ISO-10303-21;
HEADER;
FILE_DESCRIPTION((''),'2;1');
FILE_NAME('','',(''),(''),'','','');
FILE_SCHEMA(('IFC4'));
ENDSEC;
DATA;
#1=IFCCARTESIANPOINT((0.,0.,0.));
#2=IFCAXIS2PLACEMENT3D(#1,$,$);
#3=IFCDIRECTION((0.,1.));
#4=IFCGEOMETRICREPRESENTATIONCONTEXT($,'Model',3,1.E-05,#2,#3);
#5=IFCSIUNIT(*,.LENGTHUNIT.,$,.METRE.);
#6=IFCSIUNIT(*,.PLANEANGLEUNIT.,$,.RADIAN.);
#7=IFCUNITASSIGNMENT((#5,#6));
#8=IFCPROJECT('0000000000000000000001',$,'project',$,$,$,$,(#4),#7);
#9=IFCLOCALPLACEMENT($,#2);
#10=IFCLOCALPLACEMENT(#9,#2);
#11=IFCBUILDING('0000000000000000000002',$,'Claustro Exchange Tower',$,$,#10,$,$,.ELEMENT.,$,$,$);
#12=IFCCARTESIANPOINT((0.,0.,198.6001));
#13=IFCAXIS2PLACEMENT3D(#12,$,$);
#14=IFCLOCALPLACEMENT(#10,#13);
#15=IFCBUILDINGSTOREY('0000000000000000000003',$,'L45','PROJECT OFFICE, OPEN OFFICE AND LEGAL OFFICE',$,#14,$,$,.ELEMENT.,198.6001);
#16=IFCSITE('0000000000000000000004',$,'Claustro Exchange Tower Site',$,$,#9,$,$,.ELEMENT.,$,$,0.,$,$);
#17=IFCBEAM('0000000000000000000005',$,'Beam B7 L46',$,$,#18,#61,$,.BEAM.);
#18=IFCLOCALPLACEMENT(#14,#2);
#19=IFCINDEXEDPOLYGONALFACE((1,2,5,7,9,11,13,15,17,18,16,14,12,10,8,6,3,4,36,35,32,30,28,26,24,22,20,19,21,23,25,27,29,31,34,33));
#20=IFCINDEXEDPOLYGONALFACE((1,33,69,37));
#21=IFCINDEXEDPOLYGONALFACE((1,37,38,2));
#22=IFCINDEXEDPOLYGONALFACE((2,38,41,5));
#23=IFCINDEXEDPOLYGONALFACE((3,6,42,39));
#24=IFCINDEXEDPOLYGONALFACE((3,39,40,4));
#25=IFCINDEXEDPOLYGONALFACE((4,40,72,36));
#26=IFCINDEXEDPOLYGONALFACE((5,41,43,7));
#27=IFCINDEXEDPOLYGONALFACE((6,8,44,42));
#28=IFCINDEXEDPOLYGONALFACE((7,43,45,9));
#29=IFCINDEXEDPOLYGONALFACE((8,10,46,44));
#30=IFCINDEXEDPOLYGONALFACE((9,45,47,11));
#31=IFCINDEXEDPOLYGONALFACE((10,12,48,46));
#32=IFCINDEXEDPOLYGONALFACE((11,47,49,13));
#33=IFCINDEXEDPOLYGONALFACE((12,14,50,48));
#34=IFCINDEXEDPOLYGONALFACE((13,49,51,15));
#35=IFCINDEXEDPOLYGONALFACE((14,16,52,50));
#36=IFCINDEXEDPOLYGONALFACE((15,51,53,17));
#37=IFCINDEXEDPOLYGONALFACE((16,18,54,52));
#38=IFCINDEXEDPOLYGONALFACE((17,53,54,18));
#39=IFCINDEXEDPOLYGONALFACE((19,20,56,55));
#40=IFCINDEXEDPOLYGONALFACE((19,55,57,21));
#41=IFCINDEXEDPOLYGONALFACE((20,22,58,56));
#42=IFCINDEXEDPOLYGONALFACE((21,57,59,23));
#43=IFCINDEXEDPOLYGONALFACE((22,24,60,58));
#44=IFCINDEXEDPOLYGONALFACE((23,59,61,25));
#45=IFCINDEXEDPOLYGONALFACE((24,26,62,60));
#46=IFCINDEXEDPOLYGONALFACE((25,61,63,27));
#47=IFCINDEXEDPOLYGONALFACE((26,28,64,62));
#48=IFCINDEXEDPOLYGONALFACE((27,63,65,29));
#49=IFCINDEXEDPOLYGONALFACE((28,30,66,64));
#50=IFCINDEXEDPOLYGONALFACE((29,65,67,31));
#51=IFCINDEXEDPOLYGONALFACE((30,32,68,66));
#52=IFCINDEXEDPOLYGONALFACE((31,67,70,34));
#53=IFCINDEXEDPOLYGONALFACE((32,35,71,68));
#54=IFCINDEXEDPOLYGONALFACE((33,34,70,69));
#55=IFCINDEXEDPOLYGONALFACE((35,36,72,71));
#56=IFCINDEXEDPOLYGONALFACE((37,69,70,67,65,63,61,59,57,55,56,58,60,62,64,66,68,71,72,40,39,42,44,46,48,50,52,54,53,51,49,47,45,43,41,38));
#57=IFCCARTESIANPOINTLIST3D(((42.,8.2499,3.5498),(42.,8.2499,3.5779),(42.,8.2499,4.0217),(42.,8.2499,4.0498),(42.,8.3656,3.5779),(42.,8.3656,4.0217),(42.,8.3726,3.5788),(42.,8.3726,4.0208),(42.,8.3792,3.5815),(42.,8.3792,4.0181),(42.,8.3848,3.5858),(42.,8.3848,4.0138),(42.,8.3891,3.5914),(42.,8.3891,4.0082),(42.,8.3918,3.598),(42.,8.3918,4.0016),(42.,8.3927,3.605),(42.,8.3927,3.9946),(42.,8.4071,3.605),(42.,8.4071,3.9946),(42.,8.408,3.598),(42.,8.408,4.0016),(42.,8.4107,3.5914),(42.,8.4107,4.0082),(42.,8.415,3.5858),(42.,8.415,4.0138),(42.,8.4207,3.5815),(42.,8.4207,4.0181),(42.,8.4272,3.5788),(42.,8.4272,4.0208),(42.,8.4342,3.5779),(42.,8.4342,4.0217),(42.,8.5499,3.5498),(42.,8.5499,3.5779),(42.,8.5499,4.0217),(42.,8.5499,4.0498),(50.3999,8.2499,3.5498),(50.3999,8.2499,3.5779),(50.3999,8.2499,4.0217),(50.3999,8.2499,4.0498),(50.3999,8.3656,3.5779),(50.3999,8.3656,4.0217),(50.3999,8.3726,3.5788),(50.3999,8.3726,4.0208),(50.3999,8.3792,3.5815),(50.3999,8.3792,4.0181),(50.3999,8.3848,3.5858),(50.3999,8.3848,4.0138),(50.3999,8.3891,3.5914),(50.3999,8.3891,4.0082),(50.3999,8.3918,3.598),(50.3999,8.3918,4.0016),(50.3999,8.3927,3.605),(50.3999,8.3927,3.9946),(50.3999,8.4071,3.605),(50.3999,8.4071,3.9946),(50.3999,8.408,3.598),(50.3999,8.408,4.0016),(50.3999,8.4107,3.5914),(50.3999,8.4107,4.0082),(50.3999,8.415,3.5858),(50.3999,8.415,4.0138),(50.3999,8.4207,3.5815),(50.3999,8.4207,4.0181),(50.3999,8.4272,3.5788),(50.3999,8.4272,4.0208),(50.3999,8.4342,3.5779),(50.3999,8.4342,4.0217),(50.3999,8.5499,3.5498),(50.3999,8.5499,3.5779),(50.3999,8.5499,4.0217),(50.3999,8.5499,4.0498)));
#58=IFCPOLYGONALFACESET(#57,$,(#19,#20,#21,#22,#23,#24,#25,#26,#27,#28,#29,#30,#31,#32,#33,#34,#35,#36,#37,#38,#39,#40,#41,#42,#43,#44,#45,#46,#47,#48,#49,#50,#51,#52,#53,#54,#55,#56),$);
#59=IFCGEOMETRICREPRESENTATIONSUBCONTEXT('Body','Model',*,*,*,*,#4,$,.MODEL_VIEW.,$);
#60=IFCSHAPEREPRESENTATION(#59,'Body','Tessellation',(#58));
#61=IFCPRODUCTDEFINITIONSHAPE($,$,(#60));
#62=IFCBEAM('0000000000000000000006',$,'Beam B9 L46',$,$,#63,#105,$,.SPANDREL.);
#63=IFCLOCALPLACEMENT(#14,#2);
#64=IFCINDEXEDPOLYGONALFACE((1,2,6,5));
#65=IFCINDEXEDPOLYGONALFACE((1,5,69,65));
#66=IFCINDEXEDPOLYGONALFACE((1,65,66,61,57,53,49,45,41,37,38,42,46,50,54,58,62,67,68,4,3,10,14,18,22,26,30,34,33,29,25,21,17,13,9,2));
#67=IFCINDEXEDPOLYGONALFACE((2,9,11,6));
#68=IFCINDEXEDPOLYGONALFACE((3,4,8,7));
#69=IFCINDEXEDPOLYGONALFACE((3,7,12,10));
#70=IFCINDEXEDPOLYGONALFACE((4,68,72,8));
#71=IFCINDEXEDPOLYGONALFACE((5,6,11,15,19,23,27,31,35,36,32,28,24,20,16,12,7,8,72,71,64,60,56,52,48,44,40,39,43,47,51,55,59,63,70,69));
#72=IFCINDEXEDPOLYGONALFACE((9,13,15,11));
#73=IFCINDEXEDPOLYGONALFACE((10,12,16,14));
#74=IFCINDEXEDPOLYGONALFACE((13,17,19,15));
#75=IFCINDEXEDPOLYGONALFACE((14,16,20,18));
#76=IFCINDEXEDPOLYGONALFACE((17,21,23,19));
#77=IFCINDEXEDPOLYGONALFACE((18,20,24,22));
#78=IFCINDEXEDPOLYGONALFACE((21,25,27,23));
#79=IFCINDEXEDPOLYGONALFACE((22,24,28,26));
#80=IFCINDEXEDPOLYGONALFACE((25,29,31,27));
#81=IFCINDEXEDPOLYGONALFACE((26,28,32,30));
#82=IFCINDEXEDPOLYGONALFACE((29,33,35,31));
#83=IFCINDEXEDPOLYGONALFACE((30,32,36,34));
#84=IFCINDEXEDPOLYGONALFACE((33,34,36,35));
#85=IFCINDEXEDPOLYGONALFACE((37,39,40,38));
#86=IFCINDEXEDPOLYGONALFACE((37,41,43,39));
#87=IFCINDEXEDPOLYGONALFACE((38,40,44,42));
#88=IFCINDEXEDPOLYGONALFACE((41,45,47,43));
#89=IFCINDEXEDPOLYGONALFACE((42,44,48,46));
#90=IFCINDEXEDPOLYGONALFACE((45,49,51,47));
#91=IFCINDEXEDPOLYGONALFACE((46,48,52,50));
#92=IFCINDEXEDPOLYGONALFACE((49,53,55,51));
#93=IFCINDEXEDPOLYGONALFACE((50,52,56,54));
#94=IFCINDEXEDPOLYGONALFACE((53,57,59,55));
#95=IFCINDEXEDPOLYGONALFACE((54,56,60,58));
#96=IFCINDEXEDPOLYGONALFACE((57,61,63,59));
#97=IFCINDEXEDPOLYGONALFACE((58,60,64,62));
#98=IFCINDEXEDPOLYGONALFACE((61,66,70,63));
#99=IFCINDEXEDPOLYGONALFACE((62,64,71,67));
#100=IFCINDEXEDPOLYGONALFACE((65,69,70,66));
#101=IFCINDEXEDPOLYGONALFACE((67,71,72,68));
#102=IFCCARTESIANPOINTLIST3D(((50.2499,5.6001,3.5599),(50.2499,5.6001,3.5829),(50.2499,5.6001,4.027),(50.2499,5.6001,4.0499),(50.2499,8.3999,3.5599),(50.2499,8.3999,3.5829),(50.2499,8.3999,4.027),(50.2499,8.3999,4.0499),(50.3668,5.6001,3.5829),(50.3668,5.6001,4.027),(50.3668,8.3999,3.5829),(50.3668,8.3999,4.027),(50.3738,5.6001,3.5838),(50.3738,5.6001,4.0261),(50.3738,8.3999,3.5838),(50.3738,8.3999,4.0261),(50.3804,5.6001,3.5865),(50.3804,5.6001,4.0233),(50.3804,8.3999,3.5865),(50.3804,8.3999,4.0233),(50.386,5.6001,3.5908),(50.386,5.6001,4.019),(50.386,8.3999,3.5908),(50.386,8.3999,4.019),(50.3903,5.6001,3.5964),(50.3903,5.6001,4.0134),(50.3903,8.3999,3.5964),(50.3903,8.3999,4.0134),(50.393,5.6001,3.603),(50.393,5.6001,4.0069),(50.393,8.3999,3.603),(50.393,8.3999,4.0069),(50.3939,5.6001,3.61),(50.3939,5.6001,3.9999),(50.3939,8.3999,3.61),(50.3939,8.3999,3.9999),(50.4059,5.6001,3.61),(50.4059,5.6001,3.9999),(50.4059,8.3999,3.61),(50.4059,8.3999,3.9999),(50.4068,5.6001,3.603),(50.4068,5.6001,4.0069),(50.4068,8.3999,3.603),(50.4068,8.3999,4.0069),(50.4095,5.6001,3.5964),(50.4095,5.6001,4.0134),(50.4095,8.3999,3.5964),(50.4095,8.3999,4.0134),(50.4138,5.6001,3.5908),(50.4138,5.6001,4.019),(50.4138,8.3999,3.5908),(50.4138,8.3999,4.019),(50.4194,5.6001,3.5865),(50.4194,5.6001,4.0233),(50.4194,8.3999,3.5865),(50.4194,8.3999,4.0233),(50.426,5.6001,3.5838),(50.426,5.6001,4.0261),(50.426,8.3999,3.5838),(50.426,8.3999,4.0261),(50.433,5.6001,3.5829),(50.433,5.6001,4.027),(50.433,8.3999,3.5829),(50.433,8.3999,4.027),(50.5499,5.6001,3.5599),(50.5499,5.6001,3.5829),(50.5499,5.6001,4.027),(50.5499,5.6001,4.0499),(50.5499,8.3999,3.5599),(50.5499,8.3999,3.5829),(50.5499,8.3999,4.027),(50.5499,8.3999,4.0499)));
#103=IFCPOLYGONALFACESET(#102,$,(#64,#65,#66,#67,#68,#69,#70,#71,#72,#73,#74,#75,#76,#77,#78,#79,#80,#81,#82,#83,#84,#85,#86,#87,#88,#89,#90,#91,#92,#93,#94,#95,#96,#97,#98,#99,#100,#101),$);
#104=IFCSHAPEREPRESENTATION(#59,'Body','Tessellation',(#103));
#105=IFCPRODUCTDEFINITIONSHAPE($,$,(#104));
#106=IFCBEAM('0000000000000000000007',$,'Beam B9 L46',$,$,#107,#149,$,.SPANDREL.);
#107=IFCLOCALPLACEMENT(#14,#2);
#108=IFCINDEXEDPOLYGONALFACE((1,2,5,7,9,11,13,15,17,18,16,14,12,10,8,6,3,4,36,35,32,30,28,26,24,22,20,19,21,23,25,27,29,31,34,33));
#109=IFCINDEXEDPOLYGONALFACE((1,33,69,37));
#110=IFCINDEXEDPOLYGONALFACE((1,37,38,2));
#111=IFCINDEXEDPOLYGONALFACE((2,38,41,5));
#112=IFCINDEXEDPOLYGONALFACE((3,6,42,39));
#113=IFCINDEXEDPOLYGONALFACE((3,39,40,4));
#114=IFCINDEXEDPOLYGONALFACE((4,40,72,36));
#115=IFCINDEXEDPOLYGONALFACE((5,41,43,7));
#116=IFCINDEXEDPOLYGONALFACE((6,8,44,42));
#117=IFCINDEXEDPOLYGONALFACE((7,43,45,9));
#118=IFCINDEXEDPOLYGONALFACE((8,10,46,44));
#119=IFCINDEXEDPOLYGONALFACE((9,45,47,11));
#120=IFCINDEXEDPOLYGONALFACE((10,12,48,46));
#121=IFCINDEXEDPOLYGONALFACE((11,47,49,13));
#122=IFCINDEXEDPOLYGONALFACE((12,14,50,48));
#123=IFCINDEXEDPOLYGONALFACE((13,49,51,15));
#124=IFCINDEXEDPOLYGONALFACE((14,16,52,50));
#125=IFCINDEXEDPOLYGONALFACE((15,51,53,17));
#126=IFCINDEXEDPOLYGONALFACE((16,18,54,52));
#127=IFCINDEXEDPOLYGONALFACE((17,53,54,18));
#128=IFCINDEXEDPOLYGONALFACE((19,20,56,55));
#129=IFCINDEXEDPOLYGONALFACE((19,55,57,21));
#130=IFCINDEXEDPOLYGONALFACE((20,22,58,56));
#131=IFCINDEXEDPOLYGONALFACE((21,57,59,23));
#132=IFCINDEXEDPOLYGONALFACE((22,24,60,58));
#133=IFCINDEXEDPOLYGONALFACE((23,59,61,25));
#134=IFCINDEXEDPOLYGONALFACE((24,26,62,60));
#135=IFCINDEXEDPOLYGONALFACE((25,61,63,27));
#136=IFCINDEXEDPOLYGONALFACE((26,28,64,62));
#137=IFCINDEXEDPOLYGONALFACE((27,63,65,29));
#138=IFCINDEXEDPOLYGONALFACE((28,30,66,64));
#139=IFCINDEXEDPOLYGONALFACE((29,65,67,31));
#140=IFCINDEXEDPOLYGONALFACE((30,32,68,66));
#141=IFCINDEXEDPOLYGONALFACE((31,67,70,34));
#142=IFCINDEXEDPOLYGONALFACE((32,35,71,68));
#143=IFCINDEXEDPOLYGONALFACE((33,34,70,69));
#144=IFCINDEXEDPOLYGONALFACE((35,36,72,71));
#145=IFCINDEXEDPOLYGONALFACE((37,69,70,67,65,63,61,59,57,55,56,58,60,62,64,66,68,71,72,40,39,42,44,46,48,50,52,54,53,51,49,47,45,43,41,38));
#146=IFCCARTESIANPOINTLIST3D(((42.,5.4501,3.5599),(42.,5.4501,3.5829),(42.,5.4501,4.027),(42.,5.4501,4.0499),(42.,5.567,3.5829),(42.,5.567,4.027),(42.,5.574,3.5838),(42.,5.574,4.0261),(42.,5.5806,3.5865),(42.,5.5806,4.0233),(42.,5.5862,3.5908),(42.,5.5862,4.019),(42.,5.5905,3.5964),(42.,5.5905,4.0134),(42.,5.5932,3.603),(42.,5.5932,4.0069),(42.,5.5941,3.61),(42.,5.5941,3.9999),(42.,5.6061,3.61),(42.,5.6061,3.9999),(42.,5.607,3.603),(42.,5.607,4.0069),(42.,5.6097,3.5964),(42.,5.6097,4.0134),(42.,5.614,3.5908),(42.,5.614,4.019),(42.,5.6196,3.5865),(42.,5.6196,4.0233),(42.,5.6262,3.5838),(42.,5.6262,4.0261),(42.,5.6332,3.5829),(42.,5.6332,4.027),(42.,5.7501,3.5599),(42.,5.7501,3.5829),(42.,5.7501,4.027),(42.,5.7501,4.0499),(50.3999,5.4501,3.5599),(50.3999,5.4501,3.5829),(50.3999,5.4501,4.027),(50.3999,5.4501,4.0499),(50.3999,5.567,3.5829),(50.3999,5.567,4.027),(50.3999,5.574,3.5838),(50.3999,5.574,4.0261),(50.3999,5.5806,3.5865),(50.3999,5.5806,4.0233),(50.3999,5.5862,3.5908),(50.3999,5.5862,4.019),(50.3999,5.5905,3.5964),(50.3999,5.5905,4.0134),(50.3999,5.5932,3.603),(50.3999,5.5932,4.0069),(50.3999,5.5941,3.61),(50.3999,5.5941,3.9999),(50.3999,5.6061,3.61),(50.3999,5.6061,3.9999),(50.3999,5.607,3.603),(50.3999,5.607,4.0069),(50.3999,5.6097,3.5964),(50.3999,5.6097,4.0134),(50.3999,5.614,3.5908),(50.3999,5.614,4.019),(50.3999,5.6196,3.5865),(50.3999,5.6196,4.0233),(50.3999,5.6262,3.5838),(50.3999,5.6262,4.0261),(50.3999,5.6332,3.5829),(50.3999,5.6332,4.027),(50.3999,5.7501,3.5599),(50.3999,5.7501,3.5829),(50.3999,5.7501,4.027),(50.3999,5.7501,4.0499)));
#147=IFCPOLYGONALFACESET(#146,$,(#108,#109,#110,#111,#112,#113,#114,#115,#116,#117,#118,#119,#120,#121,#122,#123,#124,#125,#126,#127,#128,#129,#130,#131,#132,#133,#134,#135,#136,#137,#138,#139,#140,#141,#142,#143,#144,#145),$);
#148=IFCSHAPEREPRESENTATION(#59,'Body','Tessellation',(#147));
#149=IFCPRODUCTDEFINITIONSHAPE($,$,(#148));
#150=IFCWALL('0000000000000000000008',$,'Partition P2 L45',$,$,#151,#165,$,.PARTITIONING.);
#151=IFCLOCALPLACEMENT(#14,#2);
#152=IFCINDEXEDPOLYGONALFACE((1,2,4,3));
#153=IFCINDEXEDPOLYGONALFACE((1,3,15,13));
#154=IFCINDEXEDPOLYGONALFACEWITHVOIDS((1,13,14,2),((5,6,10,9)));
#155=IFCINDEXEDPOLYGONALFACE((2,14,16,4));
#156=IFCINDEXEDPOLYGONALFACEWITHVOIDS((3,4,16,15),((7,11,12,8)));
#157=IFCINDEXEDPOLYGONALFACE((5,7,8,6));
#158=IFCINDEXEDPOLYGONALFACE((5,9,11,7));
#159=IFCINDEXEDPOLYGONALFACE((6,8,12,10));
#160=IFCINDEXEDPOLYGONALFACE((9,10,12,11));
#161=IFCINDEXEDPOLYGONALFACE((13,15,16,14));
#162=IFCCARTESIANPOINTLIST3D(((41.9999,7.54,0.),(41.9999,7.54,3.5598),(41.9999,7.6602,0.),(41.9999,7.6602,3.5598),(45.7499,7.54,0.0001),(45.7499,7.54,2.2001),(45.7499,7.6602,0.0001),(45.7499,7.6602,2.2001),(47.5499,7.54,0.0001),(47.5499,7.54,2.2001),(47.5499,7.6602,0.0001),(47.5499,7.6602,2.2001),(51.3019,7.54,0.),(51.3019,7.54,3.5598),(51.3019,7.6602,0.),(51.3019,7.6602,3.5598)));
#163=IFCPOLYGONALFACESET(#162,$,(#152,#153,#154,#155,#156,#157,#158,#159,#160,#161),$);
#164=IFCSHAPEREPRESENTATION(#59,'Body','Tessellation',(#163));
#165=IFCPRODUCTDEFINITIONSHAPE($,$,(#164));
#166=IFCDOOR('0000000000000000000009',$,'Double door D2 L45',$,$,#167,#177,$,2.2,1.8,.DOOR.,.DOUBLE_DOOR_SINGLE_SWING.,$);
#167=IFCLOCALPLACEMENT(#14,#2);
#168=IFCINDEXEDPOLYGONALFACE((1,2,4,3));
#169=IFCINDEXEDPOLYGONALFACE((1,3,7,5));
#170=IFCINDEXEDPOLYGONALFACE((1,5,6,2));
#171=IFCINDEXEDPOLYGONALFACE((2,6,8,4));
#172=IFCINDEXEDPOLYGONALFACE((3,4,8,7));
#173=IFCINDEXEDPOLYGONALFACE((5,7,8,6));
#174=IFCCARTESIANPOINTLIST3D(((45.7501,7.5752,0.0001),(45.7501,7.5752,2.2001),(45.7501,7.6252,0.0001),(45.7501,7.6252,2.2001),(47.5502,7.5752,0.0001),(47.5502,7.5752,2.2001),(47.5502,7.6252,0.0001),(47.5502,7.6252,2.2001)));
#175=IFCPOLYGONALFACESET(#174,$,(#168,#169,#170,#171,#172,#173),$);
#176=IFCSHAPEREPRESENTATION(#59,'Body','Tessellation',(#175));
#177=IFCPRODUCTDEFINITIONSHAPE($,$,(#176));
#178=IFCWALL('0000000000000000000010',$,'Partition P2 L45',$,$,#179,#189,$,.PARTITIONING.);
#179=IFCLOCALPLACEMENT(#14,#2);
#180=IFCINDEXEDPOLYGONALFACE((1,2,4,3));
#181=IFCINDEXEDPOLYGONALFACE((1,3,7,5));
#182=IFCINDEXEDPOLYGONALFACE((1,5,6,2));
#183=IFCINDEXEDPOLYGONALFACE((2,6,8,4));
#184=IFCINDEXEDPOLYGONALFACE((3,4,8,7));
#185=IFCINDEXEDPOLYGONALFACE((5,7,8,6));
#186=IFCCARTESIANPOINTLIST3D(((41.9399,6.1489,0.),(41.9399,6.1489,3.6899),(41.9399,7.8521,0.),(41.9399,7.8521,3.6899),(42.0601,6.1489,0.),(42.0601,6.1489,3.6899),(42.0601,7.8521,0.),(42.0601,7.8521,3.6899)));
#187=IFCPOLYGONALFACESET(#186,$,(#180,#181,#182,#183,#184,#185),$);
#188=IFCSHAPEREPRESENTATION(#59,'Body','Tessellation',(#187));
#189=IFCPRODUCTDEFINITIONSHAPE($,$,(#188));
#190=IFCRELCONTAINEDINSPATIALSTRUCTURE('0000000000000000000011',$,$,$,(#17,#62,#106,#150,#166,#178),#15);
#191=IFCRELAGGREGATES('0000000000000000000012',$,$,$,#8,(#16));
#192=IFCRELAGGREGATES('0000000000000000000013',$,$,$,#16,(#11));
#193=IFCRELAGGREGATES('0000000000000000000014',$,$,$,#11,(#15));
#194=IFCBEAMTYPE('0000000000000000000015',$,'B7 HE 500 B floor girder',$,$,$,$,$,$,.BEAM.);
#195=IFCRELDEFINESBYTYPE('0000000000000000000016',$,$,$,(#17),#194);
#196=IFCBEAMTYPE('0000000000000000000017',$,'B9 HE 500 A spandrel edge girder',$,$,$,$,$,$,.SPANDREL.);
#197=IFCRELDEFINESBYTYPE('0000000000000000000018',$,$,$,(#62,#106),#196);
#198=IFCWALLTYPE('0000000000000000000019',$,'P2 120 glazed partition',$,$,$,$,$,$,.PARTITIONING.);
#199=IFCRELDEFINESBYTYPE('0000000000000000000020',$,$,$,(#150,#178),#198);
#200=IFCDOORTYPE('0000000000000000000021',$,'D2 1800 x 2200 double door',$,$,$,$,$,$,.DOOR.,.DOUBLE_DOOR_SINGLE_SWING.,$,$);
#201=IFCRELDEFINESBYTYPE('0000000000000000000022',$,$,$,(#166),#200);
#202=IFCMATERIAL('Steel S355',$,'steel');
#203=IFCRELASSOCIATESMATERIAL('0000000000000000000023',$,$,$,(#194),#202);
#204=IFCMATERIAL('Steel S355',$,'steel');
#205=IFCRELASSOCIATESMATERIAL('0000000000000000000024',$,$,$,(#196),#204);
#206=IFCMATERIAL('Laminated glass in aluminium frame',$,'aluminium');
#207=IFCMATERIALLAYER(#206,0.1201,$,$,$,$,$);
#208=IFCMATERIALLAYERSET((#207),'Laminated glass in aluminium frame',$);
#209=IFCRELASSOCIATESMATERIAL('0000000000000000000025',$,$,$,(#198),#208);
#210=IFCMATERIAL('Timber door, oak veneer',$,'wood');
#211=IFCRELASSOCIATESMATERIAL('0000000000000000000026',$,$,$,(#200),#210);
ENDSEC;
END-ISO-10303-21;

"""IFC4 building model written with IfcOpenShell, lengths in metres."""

from ifc_helpers import new_model, si_unit, direction, frame, frame_2d, origin, origin_2d, place, context, subcontext, project, spatial, rectangle, i_section, extrude, material, layer, layer_set, material_profile, profile_set, type_object, element, fill, save


model = new_model("IFC4")

# Units and contexts
model_context = context("Model", 3, precision=1e-05, world=origin(), true_north=direction((0.0, 1.0)))
body_context = subcontext(model_context, "Body", "Model", "MODEL_VIEW")
ifc_project = project(units=[si_unit("LENGTHUNIT", "METRE"), si_unit("PLANEANGLEUNIT", "RADIAN")], contexts=[model_context])

# Site, building, storey
site_placement = place(None, origin())
site = spatial("IfcSite", under=ifc_project, at=site_placement, Name="Claustro Exchange Tower Site", CompositionType="ELEMENT", RefElevation=0.0)
building_placement = place(site_placement, origin())
building = spatial("IfcBuilding", under=site, at=building_placement, Name="Claustro Exchange Tower", CompositionType="ELEMENT")
storey_placement = place(building_placement, frame((0.0, 0.0, 198.6001)))
storey = spatial("IfcBuildingStorey", under=building, at=storey_placement, Name="L45", Description="PROJECT OFFICE, OPEN OFFICE AND LEGAL OFFICE", CompositionType="ELEMENT", Elevation=198.6001)

# Beams
ifc_material_1 = material(Name="Steel S355", Category="steel")
ifc_material_profile_1 = material_profile(ifc_material_1, i_section(OverallWidth=0.3, OverallDepth=0.5, WebThickness=0.0144, FlangeThickness=0.0281, FilletRadius=0.0271, at=origin_2d()), Name="HE 500 B")
ifc_profile_set_1 = profile_set([ifc_material_profile_1], Name="Steel S355")
beam_type_1 = type_object("IfcBeamType", Name="B7 HE 500 B floor girder", PredefinedType="BEAM", material=ifc_profile_set_1)
beam_1_placement = place(storey_placement, frame((42.0, 8.3999, 3.7998), z_axis=(1.0, 0.0, 0.0), x_axis=(0.0, 1.0, 0.0)))
element("IfcBeam", 1, at=beam_1_placement, inside=storey, type_object=beam_type_1, Name="Beam B7 L46", PredefinedType="BEAM", context=body_context, shape_type="SweptSolid", body=[
    extrude(i_section(OverallWidth=0.3, OverallDepth=0.5, WebThickness=0.0144, FlangeThickness=0.0281, FilletRadius=0.0271, at=origin_2d()), origin(), (0.0, 0.0, 1.0), 8.3999),
])
ifc_material_2 = material(Name="Steel S355", Category="steel")
ifc_material_profile_2 = material_profile(ifc_material_2, i_section(OverallWidth=0.3, OverallDepth=0.49, WebThickness=0.012, FlangeThickness=0.0229, FilletRadius=0.0271, at=origin_2d()), Name="HE 500 A")
ifc_profile_set_2 = profile_set([ifc_material_profile_2], Name="Steel S355")
beam_type_2 = type_object("IfcBeamType", Name="B9 HE 500 A spandrel edge girder", PredefinedType="SPANDREL", material=ifc_profile_set_2)
beam_2_placement = place(storey_placement, frame((50.3999, 5.6001, 3.8049), z_axis=(0.0, 1.0, 0.0), x_axis=(-1.0, 0.0, 0.0)))
element("IfcBeam", 2, at=beam_2_placement, inside=storey, type_object=beam_type_2, Name="Beam B9 L46", PredefinedType="SPANDREL", context=body_context, shape_type="SweptSolid", body=[
    extrude(i_section(OverallWidth=0.3, OverallDepth=0.49, WebThickness=0.012, FlangeThickness=0.0229, FilletRadius=0.0271, at=origin_2d()), origin(), (0.0, 0.0, 1.0), 2.7998),
])
beam_3_placement = place(storey_placement, frame((42.0, 5.6001, 3.8049), z_axis=(1.0, 0.0, 0.0), x_axis=(0.0, 1.0, 0.0)))
element("IfcBeam", 3, at=beam_3_placement, inside=storey, type_object=beam_type_2, Name="Beam B9 L46", PredefinedType="SPANDREL", context=body_context, shape_type="SweptSolid", body=[
    extrude(i_section(OverallWidth=0.3, OverallDepth=0.49, WebThickness=0.012, FlangeThickness=0.0229, FilletRadius=0.0271, at=origin_2d()), origin(), (0.0, 0.0, 1.0), 8.3999),
])

# Wall, opening, door
ifc_material_3 = material(Name="Laminated glass in aluminium frame", Category="aluminium")
ifc_layer_1 = layer(ifc_material_3, 0.1201)
ifc_layer_set_1 = layer_set([ifc_layer_1], Name="Laminated glass in aluminium frame")
wall_type_1 = type_object("IfcWallType", Name="P2 120 glazed partition", PredefinedType="PARTITIONING", material=ifc_layer_set_1)
wall_1_placement = place(storey_placement, frame((42.0, 7.6001, 0.0), z_axis=(0.0, 0.0, 1.0), x_axis=(1.0, 0.0, 0.0)))
wall_1 = element("IfcWall", 4, at=wall_1_placement, inside=storey, type_object=wall_type_1, Name="Partition P2 L45", PredefinedType="PARTITIONING", context=body_context, shape_type="SweptSolid", body=[
    extrude(rectangle(XDim=9.302, YDim=0.1201, at=frame_2d((4.6509, 0.0))), origin(), (0.0, 0.0, 1.0), 3.5598),
])
opening_1_placement = place(wall_1_placement, frame((3.75, 0.0, 0.0)))
opening_1 = element("IfcOpeningElement", 5, at=opening_1_placement, cuts=wall_1, PredefinedType="OPENING", context=body_context, shape_type="SweptSolid", body=[
    extrude(rectangle(XDim=1.8, YDim=2.2, at=frame_2d((0.8999, 1.1001))), frame((0.0, 0.0701, 0.0), z_axis=(0.0, -1.0, 0.0), x_axis=(1.0, 0.0, 0.0)), (0.0, 0.0, 1.0), 0.1401),
])
ifc_material_4 = material(Name="Timber door, oak veneer", Category="wood")
door_type = type_object("IfcDoorType", Name="D2 1800 x 2200 double door", OperationType="DOUBLE_DOOR_SINGLE_SWING", PredefinedType="DOOR", material=ifc_material_4)
door_placement = place(opening_1_placement, frame((1.8, 0.0, 0.0), z_axis=(0.0, 0.0, 1.0), x_axis=(-1.0, 0.0, 0.0)))
door = element("IfcDoor", 6, at=door_placement, inside=storey, type_object=door_type, Name="Double door D2 L45", OperationType="DOUBLE_DOOR_SINGLE_SWING", OverallHeight=2.2, OverallWidth=1.8, PredefinedType="DOOR", context=body_context, shape_type="SweptSolid", body=[
    extrude(rectangle(XDim=1.8, YDim=2.2, at=frame_2d((0.8999, 1.1001))), frame((0.0, 0.0249, 0.0), z_axis=(0.0, -1.0, 0.0), x_axis=(1.0, 0.0, 0.0)), (0.0, 0.0, 1.0), 0.05),
])
fill(opening_1, door)

# Wall
wall_2_placement = place(storey_placement, frame((42.0, 6.1489, 0.0), z_axis=(0.0, 0.0, 1.0), x_axis=(0.0, 1.0, 0.0)))
element("IfcWall", 7, at=wall_2_placement, inside=storey, type_object=wall_type_1, Name="Partition P2 L45", PredefinedType="PARTITIONING", context=body_context, shape_type="SweptSolid", body=[
    extrude(rectangle(XDim=1.7031, YDim=0.1201, at=frame_2d((0.8516, 0.0))), origin(), (0.0, 0.0, 1.0), 3.6899),
])

save(model, "model.ifc")
